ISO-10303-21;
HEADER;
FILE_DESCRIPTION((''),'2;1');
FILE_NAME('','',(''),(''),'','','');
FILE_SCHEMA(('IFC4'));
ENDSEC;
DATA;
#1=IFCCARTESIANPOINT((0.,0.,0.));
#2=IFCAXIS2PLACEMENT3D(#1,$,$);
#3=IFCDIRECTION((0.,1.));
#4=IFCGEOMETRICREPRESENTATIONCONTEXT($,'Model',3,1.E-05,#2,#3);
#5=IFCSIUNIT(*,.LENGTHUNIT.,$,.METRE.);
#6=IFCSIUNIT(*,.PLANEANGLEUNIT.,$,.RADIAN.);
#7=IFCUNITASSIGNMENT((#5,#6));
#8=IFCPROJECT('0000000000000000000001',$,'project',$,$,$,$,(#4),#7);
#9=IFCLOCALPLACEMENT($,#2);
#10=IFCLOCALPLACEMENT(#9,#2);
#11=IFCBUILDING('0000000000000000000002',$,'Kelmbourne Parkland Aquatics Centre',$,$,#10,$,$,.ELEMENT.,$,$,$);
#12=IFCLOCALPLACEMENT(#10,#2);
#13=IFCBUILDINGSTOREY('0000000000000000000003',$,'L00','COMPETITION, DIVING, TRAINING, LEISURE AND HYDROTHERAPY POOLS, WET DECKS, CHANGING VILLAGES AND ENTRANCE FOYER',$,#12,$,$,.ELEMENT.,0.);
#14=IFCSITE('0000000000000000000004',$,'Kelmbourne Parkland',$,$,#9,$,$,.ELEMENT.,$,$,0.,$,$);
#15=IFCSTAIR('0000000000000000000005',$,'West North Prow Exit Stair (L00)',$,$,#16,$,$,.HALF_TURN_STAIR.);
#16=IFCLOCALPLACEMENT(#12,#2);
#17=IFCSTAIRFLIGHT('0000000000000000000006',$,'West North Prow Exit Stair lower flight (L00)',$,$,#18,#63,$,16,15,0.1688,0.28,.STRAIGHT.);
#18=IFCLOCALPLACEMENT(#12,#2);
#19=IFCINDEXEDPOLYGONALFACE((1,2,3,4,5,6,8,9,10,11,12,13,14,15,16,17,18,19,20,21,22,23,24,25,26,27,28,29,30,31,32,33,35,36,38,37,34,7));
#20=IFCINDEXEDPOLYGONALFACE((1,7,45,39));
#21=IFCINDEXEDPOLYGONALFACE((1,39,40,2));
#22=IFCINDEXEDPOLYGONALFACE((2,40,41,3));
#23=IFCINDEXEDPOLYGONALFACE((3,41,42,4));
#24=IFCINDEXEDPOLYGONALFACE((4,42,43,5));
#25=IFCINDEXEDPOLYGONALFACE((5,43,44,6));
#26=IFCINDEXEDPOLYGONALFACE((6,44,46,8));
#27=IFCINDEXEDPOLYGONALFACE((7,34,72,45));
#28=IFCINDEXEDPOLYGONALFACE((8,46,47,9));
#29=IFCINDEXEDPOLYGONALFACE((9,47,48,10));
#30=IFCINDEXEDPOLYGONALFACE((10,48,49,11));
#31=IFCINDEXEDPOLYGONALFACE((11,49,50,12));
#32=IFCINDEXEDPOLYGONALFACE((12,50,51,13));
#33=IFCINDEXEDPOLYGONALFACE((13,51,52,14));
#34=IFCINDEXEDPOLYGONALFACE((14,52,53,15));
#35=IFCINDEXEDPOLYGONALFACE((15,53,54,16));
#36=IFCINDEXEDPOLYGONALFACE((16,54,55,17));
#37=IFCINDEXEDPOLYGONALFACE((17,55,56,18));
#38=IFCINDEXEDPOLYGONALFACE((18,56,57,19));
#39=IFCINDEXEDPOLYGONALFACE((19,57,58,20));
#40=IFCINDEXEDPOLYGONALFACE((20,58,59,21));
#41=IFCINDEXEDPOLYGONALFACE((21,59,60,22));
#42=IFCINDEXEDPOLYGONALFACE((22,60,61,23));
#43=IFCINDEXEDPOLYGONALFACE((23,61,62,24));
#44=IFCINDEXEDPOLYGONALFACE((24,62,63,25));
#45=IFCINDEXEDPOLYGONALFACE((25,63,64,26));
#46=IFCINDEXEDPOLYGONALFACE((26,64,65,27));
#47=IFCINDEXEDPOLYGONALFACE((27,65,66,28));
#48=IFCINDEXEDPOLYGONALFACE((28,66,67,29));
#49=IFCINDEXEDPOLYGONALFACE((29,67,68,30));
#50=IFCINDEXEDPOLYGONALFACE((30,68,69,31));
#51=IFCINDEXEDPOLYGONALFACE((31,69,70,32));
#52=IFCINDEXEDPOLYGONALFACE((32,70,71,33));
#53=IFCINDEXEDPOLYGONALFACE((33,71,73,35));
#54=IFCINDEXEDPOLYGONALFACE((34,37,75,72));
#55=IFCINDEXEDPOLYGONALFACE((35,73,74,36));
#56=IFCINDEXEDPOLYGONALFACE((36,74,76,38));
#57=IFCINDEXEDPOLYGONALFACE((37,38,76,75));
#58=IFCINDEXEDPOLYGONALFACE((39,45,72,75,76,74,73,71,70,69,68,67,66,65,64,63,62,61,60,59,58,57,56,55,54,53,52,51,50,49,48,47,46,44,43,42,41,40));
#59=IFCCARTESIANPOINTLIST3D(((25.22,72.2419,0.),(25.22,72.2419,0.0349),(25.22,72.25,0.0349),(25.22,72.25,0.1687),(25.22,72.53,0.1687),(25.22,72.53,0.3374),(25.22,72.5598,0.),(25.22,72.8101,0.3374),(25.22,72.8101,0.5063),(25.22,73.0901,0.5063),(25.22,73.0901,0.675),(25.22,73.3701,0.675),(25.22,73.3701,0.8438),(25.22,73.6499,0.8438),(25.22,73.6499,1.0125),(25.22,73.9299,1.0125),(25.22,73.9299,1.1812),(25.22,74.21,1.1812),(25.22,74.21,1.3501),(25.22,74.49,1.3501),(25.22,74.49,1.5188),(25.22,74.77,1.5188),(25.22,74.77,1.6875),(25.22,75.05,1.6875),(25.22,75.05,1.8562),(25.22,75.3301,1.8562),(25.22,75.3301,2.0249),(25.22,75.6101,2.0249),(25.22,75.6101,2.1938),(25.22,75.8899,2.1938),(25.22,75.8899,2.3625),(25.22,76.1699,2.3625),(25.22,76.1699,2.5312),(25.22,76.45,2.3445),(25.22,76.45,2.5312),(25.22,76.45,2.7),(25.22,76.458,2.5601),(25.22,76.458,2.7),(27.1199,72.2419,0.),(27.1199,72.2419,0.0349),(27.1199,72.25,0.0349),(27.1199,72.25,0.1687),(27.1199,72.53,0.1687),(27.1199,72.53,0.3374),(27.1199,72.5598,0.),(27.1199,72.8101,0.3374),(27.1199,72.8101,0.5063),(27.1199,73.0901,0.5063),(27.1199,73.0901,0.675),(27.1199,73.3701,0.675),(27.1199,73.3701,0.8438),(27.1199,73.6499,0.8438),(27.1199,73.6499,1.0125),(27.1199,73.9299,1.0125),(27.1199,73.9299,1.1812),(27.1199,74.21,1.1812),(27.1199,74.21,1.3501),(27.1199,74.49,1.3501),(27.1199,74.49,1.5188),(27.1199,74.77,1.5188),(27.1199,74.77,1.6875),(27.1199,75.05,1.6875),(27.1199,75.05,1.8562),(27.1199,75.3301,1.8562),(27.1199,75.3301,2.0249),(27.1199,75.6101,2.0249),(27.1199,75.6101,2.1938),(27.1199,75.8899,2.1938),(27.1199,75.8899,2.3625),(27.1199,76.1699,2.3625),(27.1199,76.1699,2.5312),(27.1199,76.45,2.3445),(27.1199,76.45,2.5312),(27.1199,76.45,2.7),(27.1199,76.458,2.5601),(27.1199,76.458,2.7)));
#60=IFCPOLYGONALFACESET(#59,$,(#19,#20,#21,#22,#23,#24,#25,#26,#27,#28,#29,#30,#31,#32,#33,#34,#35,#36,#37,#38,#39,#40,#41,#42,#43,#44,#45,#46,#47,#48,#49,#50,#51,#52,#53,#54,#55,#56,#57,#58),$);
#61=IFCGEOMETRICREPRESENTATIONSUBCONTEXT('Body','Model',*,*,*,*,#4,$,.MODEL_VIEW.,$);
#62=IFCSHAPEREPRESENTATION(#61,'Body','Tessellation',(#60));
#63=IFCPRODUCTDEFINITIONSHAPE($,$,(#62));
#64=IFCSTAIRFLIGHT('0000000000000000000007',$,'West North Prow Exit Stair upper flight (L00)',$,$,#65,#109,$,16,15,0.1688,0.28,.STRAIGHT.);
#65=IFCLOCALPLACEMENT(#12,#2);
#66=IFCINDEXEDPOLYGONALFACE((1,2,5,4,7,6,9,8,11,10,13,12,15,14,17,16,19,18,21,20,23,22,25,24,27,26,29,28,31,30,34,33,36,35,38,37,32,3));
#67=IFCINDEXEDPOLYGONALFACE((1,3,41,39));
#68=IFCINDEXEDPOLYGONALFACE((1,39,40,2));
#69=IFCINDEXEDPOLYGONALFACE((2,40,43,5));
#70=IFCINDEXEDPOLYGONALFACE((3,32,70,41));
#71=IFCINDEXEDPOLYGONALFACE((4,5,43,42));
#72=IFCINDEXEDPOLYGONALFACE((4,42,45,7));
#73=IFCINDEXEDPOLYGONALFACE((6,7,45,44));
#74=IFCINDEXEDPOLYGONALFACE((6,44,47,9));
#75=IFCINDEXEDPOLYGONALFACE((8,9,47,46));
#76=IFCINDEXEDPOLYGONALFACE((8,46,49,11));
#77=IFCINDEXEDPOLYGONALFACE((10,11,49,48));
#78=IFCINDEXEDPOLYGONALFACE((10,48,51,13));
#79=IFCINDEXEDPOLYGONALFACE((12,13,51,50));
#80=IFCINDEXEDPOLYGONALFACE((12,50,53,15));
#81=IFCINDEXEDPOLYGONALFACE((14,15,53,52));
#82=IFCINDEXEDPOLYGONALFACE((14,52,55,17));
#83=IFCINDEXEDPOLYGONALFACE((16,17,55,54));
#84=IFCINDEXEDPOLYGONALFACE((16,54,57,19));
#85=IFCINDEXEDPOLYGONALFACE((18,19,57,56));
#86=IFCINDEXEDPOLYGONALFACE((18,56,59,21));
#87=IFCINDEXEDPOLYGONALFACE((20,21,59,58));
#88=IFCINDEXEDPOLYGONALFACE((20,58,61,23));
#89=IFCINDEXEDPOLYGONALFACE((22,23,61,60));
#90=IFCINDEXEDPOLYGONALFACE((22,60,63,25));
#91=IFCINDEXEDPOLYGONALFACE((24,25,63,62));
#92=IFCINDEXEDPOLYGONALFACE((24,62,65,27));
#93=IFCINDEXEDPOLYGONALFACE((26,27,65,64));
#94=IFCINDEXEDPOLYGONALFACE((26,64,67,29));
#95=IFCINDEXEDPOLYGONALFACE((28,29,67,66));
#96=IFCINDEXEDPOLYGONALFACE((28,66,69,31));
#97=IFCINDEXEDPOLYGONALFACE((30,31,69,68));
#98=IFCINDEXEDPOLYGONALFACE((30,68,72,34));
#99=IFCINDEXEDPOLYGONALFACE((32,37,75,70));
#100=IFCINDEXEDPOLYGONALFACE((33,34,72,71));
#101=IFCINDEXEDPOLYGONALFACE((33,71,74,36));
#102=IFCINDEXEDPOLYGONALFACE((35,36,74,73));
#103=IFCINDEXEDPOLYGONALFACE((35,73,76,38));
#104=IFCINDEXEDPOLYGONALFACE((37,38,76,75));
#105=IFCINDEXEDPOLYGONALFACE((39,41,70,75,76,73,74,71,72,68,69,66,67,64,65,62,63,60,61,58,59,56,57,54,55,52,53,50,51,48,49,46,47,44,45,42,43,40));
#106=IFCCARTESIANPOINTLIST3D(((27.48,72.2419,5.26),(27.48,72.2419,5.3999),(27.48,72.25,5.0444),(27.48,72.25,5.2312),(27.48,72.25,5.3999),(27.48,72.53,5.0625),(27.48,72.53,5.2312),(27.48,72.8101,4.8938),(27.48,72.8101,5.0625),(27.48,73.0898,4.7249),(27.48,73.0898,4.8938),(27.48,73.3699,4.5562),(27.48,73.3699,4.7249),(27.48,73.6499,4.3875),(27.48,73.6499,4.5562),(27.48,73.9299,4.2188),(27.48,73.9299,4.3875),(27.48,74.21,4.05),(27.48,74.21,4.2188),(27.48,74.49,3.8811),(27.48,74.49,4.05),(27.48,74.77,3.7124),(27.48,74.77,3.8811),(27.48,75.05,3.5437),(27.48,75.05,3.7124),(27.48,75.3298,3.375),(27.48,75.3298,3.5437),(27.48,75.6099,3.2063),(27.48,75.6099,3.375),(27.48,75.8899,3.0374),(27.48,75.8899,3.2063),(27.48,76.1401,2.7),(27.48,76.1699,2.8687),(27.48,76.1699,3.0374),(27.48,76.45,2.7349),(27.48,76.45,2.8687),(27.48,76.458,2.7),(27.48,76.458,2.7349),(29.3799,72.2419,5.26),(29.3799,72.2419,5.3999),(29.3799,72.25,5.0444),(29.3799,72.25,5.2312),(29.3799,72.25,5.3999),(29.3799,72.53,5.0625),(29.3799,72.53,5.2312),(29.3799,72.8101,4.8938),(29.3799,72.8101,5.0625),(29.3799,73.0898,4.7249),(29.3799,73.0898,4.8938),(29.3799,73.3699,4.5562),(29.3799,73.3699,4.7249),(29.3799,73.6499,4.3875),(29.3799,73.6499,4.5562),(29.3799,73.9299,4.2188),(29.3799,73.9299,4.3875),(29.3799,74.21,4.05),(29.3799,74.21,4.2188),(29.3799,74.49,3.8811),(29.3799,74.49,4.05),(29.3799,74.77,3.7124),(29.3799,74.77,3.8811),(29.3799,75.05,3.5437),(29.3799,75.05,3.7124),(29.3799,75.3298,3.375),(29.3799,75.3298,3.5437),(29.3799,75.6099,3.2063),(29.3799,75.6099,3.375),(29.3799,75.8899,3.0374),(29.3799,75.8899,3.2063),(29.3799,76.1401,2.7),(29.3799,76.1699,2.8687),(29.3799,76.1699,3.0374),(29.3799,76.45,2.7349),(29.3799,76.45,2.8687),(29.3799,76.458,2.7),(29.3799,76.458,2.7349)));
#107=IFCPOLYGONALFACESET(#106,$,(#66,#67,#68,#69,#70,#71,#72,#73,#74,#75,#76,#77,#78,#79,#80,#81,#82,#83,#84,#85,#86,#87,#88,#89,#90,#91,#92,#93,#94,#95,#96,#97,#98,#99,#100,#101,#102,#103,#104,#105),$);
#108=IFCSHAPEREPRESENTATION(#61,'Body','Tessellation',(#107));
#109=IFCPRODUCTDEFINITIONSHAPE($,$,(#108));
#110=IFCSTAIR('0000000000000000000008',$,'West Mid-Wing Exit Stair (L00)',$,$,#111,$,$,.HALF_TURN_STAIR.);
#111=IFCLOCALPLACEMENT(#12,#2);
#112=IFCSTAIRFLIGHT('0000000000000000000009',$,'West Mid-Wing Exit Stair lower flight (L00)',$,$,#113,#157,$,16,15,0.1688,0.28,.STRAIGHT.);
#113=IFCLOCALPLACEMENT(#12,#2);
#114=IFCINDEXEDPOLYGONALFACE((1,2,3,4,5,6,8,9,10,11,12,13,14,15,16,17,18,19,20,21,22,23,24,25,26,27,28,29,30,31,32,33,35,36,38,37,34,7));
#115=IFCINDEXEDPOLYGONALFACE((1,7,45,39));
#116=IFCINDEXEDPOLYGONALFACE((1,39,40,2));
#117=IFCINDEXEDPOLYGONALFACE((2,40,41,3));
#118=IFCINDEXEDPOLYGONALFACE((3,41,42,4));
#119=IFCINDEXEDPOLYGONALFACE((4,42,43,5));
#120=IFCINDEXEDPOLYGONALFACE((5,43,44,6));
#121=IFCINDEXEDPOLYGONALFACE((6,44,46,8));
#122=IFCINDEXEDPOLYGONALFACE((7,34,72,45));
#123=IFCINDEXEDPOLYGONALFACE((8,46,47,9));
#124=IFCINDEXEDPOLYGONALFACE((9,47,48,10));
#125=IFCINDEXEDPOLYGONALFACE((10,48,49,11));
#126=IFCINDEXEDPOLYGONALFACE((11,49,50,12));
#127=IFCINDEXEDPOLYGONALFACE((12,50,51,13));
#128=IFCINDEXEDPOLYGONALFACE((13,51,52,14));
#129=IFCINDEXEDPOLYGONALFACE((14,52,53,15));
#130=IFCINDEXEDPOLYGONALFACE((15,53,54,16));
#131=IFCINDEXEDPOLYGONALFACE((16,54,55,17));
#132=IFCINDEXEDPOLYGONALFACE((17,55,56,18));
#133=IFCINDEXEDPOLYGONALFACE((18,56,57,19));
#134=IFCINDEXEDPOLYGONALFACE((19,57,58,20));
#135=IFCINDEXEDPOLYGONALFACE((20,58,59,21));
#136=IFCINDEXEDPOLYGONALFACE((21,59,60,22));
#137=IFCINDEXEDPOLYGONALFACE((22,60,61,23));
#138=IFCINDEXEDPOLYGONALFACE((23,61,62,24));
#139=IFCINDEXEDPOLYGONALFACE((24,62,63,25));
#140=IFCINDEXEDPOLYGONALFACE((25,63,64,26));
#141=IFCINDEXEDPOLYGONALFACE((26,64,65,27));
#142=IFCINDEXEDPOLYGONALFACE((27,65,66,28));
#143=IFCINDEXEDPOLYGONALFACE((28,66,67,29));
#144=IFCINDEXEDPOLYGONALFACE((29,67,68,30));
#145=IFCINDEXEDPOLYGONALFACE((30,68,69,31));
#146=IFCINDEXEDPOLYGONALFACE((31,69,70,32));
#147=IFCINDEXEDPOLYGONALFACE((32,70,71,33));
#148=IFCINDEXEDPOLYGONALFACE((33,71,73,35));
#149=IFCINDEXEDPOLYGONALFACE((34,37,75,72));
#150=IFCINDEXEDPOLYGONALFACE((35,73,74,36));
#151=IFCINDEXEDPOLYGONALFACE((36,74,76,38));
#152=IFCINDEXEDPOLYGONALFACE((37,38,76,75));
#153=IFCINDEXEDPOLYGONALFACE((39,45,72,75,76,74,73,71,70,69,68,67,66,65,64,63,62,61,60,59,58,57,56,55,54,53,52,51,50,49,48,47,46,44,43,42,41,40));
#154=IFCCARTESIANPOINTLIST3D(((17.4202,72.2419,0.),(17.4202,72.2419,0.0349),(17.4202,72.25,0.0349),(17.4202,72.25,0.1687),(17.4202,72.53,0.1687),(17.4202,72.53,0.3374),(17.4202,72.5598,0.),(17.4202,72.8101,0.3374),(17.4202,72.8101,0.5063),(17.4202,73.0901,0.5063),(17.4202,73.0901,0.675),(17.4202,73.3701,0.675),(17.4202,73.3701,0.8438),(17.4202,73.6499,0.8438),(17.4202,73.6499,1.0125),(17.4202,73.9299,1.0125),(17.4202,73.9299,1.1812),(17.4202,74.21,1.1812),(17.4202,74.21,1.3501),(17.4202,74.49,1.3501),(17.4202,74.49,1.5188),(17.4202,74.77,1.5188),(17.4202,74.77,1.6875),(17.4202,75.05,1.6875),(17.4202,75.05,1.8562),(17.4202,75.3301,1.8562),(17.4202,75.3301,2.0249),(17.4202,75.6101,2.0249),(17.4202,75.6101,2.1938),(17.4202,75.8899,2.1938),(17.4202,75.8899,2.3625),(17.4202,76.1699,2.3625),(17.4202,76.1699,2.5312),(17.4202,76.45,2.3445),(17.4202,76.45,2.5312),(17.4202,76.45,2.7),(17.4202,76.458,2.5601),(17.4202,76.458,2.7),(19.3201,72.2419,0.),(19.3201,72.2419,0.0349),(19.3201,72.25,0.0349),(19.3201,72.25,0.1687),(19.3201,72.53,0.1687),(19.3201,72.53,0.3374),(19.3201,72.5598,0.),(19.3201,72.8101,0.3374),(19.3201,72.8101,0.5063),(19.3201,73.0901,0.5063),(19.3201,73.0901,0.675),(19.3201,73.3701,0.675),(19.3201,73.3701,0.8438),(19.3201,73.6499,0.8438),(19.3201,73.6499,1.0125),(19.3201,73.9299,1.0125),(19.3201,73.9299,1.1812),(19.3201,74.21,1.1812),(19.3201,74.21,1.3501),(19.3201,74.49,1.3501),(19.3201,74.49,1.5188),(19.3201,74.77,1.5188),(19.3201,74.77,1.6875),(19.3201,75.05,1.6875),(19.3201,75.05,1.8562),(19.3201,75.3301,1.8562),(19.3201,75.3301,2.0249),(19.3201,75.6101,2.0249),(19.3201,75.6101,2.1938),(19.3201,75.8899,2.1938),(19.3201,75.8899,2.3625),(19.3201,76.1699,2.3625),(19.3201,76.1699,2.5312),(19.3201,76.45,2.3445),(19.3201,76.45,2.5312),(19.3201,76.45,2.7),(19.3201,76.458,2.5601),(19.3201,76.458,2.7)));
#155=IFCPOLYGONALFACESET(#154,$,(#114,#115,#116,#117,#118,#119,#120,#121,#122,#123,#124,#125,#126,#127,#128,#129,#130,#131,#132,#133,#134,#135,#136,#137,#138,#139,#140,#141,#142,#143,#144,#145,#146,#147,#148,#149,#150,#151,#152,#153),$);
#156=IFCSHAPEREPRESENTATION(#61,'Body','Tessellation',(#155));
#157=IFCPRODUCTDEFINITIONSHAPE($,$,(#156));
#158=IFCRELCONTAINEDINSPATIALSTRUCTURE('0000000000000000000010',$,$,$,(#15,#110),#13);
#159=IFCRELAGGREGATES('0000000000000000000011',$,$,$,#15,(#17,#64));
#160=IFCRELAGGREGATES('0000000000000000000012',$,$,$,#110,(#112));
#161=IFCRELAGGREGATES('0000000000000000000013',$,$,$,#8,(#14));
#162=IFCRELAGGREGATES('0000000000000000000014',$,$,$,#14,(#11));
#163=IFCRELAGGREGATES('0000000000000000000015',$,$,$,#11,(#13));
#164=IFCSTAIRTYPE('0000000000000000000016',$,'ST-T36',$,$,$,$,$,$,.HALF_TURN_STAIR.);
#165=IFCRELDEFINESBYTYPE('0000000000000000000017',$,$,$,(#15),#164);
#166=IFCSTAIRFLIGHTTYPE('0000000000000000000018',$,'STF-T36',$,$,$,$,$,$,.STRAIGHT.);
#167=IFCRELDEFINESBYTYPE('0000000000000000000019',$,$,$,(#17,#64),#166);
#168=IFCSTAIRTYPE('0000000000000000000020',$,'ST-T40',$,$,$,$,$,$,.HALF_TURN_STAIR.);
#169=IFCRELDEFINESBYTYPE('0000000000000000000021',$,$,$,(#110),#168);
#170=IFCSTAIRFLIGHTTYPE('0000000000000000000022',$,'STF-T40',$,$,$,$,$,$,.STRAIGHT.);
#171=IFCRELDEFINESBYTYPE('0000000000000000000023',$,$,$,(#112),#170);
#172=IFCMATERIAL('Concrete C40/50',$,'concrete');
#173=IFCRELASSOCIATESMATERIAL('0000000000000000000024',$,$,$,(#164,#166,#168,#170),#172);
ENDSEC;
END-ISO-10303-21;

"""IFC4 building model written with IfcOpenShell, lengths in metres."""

from ifc_helpers import new_model, si_unit, direction, frame, origin, place, context, subcontext, project, spatial, polyline, outline, extrude, material, type_object, element, aggregate, save


model = new_model("IFC4")

# Units and contexts
model_context = context("Model", 3, precision=1e-05, world=origin(), true_north=direction((0.0, 1.0)))
body_context = subcontext(model_context, "Body", "Model", "MODEL_VIEW")
ifc_project = project(units=[si_unit("LENGTHUNIT", "METRE"), si_unit("PLANEANGLEUNIT", "RADIAN")], contexts=[model_context])

# Site, building, storey
site_placement = place(None, origin())
site = spatial("IfcSite", under=ifc_project, at=site_placement, Name="Kelmbourne Parkland", CompositionType="ELEMENT", RefElevation=0.0)
building_placement = place(site_placement, origin())
building = spatial("IfcBuilding", under=site, at=building_placement, Name="Kelmbourne Parkland Aquatics Centre", CompositionType="ELEMENT")
storey_placement = place(building_placement, origin())
storey = spatial("IfcBuildingStorey", under=building, at=storey_placement, Name="L00", Description="COMPETITION, DIVING, TRAINING, LEISURE AND HYDROTHERAPY POOLS, WET DECKS, CHANGING VILLAGES AND ENTRANCE FOYER", CompositionType="ELEMENT", Elevation=0.0)

# Shared definitions
ifc_material_1 = material(Name="Concrete C40/50", Category="concrete")

# Stairs, stair flights
stair_type_1 = type_object("IfcStairType", Name="ST-T36", PredefinedType="HALF_TURN_STAIR", material=ifc_material_1)
stair_1_placement = place(storey_placement, origin())
stair_1 = element("IfcStair", 1, at=stair_1_placement, inside=storey, type_object=stair_type_1, Name="West North Prow Exit Stair (L00)", PredefinedType="HALF_TURN_STAIR")
stair_flight_type_1 = type_object("IfcStairFlightType", Name="STF-T36", PredefinedType="STRAIGHT", material=ifc_material_1)
stair_flight_1_placement = place(storey_placement, frame((26.1699, 72.25, 0.0), z_axis=(0.0, 0.0, 1.0), x_axis=(0.0, 1.0, 0.0)))
stair_flight_1 = element("IfcStairFlight", 2, at=stair_flight_1_placement, type_object=stair_flight_type_1, Name="West North Prow Exit Stair lower flight (L00)", NumberOfRisers=16, NumberOfTreads=15, PredefinedType="STRAIGHT", RiserHeight=0.1688, TreadLength=0.28, context=body_context, shape_type="SweptSolid", body=[
    extrude(outline(polyline([(-0.0081, 0.0), (-0.0081, 0.0349), (0.0, 0.0349), (0.0, 0.1687), (0.28, 0.1687), (0.28, 0.3374), (0.5601, 0.3374), (0.5601, 0.5063), (0.8401, 0.5063), (0.8401, 0.675), (1.1201, 0.675), (1.1201, 0.8438), (1.3999, 0.8438), (1.3999, 1.0125), (1.6799, 1.0125), (1.6799, 1.1812), (1.96, 1.1812), (1.96, 1.3501), (2.24, 1.3501), (2.24, 1.5188), (2.52, 1.5188), (2.52, 1.6875), (2.8, 1.6875), (2.8, 1.8562), (3.0801, 1.8562), (3.0801, 2.0249), (3.3601, 2.0249), (3.3601, 2.1938), (3.6399, 2.1938), (3.6399, 2.3625), (3.9199, 2.3625), (3.9199, 2.5312), (4.2, 2.5312), (4.2, 2.7), (4.208, 2.7), (4.208, 2.5601), (4.2, 2.3445), (0.3098, 0.0), (-0.0081, 0.0)])), frame((0.0, 0.95, 0.0), z_axis=(0.0, -1.0, 0.0), x_axis=(1.0, 0.0, 0.0)), (0.0, 0.0, 1.0), 1.8999),
])
stair_flight_2_placement = place(storey_placement, frame((28.4299, 76.45, 2.7), z_axis=(0.0, 0.0, 1.0), x_axis=(0.0, -1.0, 0.0)))
stair_flight_2 = element("IfcStairFlight", 3, at=stair_flight_2_placement, type_object=stair_flight_type_1, Name="West North Prow Exit Stair upper flight (L00)", NumberOfRisers=16, NumberOfTreads=15, PredefinedType="STRAIGHT", RiserHeight=0.1688, TreadLength=0.28, context=body_context, shape_type="SweptSolid", body=[
    extrude(outline(polyline([(-0.0081, 0.0), (-0.0081, 0.0349), (0.0, 0.0349), (0.0, 0.1687), (0.28, 0.1687), (0.28, 0.3374), (0.5601, 0.3374), (0.5601, 0.5063), (0.8401, 0.5063), (0.8401, 0.675), (1.1201, 0.675), (1.1201, 0.8438), (1.3999, 0.8438), (1.3999, 1.0125), (1.6799, 1.0125), (1.6799, 1.1812), (1.96, 1.1812), (1.96, 1.3501), (2.24, 1.3501), (2.24, 1.5188), (2.52, 1.5188), (2.52, 1.6875), (2.8, 1.6875), (2.8, 1.8562), (3.0801, 1.8562), (3.0801, 2.0249), (3.3601, 2.0249), (3.3601, 2.1938), (3.6399, 2.1938), (3.6399, 2.3625), (3.9199, 2.3625), (3.9199, 2.5312), (4.2, 2.5312), (4.2, 2.7), (4.208, 2.7), (4.208, 2.5601), (4.2, 2.3445), (0.3098, 0.0), (-0.0081, 0.0)])), frame((0.0, 0.95, 0.0), z_axis=(0.0, -1.0, 0.0), x_axis=(1.0, 0.0, 0.0)), (0.0, 0.0, 1.0), 1.8999),
])
aggregate(stair_1, [stair_flight_1, stair_flight_2])
stair_type_2 = type_object("IfcStairType", Name="ST-T40", PredefinedType="HALF_TURN_STAIR", material=ifc_material_1)
stair_2_placement = place(storey_placement, origin())
stair_2 = element("IfcStair", 4, at=stair_2_placement, inside=storey, type_object=stair_type_2, Name="West Mid-Wing Exit Stair (L00)", PredefinedType="HALF_TURN_STAIR")
stair_flight_type_2 = type_object("IfcStairFlightType", Name="STF-T40", PredefinedType="STRAIGHT", material=ifc_material_1)
stair_flight_3_placement = place(storey_placement, frame((18.3701, 72.25, 0.0), z_axis=(0.0, 0.0, 1.0), x_axis=(0.0, 1.0, 0.0)))
stair_flight_3 = element("IfcStairFlight", 5, at=stair_flight_3_placement, type_object=stair_flight_type_2, Name="West Mid-Wing Exit Stair lower flight (L00)", NumberOfRisers=16, NumberOfTreads=15, PredefinedType="STRAIGHT", RiserHeight=0.1688, TreadLength=0.28, context=body_context, shape_type="SweptSolid", body=[
    extrude(outline(polyline([(-0.0081, 0.0), (-0.0081, 0.0349), (0.0, 0.0349), (0.0, 0.1687), (0.28, 0.1687), (0.28, 0.3374), (0.5601, 0.3374), (0.5601, 0.5063), (0.8401, 0.5063), (0.8401, 0.675), (1.1201, 0.675), (1.1201, 0.8438), (1.3999, 0.8438), (1.3999, 1.0125), (1.6799, 1.0125), (1.6799, 1.1812), (1.96, 1.1812), (1.96, 1.3501), (2.24, 1.3501), (2.24, 1.5188), (2.52, 1.5188), (2.52, 1.6875), (2.8, 1.6875), (2.8, 1.8562), (3.0801, 1.8562), (3.0801, 2.0249), (3.3601, 2.0249), (3.3601, 2.1938), (3.6399, 2.1938), (3.6399, 2.3625), (3.9199, 2.3625), (3.9199, 2.5312), (4.2, 2.5312), (4.2, 2.7), (4.208, 2.7), (4.208, 2.5601), (4.2, 2.3445), (0.3098, 0.0), (-0.0081, 0.0)])), frame((0.0, 0.95, 0.0), z_axis=(0.0, -1.0, 0.0), x_axis=(1.0, 0.0, 0.0)), (0.0, 0.0, 1.0), 1.8999),
])
aggregate(stair_2, [stair_flight_3])

save(model, "model.ifc")
